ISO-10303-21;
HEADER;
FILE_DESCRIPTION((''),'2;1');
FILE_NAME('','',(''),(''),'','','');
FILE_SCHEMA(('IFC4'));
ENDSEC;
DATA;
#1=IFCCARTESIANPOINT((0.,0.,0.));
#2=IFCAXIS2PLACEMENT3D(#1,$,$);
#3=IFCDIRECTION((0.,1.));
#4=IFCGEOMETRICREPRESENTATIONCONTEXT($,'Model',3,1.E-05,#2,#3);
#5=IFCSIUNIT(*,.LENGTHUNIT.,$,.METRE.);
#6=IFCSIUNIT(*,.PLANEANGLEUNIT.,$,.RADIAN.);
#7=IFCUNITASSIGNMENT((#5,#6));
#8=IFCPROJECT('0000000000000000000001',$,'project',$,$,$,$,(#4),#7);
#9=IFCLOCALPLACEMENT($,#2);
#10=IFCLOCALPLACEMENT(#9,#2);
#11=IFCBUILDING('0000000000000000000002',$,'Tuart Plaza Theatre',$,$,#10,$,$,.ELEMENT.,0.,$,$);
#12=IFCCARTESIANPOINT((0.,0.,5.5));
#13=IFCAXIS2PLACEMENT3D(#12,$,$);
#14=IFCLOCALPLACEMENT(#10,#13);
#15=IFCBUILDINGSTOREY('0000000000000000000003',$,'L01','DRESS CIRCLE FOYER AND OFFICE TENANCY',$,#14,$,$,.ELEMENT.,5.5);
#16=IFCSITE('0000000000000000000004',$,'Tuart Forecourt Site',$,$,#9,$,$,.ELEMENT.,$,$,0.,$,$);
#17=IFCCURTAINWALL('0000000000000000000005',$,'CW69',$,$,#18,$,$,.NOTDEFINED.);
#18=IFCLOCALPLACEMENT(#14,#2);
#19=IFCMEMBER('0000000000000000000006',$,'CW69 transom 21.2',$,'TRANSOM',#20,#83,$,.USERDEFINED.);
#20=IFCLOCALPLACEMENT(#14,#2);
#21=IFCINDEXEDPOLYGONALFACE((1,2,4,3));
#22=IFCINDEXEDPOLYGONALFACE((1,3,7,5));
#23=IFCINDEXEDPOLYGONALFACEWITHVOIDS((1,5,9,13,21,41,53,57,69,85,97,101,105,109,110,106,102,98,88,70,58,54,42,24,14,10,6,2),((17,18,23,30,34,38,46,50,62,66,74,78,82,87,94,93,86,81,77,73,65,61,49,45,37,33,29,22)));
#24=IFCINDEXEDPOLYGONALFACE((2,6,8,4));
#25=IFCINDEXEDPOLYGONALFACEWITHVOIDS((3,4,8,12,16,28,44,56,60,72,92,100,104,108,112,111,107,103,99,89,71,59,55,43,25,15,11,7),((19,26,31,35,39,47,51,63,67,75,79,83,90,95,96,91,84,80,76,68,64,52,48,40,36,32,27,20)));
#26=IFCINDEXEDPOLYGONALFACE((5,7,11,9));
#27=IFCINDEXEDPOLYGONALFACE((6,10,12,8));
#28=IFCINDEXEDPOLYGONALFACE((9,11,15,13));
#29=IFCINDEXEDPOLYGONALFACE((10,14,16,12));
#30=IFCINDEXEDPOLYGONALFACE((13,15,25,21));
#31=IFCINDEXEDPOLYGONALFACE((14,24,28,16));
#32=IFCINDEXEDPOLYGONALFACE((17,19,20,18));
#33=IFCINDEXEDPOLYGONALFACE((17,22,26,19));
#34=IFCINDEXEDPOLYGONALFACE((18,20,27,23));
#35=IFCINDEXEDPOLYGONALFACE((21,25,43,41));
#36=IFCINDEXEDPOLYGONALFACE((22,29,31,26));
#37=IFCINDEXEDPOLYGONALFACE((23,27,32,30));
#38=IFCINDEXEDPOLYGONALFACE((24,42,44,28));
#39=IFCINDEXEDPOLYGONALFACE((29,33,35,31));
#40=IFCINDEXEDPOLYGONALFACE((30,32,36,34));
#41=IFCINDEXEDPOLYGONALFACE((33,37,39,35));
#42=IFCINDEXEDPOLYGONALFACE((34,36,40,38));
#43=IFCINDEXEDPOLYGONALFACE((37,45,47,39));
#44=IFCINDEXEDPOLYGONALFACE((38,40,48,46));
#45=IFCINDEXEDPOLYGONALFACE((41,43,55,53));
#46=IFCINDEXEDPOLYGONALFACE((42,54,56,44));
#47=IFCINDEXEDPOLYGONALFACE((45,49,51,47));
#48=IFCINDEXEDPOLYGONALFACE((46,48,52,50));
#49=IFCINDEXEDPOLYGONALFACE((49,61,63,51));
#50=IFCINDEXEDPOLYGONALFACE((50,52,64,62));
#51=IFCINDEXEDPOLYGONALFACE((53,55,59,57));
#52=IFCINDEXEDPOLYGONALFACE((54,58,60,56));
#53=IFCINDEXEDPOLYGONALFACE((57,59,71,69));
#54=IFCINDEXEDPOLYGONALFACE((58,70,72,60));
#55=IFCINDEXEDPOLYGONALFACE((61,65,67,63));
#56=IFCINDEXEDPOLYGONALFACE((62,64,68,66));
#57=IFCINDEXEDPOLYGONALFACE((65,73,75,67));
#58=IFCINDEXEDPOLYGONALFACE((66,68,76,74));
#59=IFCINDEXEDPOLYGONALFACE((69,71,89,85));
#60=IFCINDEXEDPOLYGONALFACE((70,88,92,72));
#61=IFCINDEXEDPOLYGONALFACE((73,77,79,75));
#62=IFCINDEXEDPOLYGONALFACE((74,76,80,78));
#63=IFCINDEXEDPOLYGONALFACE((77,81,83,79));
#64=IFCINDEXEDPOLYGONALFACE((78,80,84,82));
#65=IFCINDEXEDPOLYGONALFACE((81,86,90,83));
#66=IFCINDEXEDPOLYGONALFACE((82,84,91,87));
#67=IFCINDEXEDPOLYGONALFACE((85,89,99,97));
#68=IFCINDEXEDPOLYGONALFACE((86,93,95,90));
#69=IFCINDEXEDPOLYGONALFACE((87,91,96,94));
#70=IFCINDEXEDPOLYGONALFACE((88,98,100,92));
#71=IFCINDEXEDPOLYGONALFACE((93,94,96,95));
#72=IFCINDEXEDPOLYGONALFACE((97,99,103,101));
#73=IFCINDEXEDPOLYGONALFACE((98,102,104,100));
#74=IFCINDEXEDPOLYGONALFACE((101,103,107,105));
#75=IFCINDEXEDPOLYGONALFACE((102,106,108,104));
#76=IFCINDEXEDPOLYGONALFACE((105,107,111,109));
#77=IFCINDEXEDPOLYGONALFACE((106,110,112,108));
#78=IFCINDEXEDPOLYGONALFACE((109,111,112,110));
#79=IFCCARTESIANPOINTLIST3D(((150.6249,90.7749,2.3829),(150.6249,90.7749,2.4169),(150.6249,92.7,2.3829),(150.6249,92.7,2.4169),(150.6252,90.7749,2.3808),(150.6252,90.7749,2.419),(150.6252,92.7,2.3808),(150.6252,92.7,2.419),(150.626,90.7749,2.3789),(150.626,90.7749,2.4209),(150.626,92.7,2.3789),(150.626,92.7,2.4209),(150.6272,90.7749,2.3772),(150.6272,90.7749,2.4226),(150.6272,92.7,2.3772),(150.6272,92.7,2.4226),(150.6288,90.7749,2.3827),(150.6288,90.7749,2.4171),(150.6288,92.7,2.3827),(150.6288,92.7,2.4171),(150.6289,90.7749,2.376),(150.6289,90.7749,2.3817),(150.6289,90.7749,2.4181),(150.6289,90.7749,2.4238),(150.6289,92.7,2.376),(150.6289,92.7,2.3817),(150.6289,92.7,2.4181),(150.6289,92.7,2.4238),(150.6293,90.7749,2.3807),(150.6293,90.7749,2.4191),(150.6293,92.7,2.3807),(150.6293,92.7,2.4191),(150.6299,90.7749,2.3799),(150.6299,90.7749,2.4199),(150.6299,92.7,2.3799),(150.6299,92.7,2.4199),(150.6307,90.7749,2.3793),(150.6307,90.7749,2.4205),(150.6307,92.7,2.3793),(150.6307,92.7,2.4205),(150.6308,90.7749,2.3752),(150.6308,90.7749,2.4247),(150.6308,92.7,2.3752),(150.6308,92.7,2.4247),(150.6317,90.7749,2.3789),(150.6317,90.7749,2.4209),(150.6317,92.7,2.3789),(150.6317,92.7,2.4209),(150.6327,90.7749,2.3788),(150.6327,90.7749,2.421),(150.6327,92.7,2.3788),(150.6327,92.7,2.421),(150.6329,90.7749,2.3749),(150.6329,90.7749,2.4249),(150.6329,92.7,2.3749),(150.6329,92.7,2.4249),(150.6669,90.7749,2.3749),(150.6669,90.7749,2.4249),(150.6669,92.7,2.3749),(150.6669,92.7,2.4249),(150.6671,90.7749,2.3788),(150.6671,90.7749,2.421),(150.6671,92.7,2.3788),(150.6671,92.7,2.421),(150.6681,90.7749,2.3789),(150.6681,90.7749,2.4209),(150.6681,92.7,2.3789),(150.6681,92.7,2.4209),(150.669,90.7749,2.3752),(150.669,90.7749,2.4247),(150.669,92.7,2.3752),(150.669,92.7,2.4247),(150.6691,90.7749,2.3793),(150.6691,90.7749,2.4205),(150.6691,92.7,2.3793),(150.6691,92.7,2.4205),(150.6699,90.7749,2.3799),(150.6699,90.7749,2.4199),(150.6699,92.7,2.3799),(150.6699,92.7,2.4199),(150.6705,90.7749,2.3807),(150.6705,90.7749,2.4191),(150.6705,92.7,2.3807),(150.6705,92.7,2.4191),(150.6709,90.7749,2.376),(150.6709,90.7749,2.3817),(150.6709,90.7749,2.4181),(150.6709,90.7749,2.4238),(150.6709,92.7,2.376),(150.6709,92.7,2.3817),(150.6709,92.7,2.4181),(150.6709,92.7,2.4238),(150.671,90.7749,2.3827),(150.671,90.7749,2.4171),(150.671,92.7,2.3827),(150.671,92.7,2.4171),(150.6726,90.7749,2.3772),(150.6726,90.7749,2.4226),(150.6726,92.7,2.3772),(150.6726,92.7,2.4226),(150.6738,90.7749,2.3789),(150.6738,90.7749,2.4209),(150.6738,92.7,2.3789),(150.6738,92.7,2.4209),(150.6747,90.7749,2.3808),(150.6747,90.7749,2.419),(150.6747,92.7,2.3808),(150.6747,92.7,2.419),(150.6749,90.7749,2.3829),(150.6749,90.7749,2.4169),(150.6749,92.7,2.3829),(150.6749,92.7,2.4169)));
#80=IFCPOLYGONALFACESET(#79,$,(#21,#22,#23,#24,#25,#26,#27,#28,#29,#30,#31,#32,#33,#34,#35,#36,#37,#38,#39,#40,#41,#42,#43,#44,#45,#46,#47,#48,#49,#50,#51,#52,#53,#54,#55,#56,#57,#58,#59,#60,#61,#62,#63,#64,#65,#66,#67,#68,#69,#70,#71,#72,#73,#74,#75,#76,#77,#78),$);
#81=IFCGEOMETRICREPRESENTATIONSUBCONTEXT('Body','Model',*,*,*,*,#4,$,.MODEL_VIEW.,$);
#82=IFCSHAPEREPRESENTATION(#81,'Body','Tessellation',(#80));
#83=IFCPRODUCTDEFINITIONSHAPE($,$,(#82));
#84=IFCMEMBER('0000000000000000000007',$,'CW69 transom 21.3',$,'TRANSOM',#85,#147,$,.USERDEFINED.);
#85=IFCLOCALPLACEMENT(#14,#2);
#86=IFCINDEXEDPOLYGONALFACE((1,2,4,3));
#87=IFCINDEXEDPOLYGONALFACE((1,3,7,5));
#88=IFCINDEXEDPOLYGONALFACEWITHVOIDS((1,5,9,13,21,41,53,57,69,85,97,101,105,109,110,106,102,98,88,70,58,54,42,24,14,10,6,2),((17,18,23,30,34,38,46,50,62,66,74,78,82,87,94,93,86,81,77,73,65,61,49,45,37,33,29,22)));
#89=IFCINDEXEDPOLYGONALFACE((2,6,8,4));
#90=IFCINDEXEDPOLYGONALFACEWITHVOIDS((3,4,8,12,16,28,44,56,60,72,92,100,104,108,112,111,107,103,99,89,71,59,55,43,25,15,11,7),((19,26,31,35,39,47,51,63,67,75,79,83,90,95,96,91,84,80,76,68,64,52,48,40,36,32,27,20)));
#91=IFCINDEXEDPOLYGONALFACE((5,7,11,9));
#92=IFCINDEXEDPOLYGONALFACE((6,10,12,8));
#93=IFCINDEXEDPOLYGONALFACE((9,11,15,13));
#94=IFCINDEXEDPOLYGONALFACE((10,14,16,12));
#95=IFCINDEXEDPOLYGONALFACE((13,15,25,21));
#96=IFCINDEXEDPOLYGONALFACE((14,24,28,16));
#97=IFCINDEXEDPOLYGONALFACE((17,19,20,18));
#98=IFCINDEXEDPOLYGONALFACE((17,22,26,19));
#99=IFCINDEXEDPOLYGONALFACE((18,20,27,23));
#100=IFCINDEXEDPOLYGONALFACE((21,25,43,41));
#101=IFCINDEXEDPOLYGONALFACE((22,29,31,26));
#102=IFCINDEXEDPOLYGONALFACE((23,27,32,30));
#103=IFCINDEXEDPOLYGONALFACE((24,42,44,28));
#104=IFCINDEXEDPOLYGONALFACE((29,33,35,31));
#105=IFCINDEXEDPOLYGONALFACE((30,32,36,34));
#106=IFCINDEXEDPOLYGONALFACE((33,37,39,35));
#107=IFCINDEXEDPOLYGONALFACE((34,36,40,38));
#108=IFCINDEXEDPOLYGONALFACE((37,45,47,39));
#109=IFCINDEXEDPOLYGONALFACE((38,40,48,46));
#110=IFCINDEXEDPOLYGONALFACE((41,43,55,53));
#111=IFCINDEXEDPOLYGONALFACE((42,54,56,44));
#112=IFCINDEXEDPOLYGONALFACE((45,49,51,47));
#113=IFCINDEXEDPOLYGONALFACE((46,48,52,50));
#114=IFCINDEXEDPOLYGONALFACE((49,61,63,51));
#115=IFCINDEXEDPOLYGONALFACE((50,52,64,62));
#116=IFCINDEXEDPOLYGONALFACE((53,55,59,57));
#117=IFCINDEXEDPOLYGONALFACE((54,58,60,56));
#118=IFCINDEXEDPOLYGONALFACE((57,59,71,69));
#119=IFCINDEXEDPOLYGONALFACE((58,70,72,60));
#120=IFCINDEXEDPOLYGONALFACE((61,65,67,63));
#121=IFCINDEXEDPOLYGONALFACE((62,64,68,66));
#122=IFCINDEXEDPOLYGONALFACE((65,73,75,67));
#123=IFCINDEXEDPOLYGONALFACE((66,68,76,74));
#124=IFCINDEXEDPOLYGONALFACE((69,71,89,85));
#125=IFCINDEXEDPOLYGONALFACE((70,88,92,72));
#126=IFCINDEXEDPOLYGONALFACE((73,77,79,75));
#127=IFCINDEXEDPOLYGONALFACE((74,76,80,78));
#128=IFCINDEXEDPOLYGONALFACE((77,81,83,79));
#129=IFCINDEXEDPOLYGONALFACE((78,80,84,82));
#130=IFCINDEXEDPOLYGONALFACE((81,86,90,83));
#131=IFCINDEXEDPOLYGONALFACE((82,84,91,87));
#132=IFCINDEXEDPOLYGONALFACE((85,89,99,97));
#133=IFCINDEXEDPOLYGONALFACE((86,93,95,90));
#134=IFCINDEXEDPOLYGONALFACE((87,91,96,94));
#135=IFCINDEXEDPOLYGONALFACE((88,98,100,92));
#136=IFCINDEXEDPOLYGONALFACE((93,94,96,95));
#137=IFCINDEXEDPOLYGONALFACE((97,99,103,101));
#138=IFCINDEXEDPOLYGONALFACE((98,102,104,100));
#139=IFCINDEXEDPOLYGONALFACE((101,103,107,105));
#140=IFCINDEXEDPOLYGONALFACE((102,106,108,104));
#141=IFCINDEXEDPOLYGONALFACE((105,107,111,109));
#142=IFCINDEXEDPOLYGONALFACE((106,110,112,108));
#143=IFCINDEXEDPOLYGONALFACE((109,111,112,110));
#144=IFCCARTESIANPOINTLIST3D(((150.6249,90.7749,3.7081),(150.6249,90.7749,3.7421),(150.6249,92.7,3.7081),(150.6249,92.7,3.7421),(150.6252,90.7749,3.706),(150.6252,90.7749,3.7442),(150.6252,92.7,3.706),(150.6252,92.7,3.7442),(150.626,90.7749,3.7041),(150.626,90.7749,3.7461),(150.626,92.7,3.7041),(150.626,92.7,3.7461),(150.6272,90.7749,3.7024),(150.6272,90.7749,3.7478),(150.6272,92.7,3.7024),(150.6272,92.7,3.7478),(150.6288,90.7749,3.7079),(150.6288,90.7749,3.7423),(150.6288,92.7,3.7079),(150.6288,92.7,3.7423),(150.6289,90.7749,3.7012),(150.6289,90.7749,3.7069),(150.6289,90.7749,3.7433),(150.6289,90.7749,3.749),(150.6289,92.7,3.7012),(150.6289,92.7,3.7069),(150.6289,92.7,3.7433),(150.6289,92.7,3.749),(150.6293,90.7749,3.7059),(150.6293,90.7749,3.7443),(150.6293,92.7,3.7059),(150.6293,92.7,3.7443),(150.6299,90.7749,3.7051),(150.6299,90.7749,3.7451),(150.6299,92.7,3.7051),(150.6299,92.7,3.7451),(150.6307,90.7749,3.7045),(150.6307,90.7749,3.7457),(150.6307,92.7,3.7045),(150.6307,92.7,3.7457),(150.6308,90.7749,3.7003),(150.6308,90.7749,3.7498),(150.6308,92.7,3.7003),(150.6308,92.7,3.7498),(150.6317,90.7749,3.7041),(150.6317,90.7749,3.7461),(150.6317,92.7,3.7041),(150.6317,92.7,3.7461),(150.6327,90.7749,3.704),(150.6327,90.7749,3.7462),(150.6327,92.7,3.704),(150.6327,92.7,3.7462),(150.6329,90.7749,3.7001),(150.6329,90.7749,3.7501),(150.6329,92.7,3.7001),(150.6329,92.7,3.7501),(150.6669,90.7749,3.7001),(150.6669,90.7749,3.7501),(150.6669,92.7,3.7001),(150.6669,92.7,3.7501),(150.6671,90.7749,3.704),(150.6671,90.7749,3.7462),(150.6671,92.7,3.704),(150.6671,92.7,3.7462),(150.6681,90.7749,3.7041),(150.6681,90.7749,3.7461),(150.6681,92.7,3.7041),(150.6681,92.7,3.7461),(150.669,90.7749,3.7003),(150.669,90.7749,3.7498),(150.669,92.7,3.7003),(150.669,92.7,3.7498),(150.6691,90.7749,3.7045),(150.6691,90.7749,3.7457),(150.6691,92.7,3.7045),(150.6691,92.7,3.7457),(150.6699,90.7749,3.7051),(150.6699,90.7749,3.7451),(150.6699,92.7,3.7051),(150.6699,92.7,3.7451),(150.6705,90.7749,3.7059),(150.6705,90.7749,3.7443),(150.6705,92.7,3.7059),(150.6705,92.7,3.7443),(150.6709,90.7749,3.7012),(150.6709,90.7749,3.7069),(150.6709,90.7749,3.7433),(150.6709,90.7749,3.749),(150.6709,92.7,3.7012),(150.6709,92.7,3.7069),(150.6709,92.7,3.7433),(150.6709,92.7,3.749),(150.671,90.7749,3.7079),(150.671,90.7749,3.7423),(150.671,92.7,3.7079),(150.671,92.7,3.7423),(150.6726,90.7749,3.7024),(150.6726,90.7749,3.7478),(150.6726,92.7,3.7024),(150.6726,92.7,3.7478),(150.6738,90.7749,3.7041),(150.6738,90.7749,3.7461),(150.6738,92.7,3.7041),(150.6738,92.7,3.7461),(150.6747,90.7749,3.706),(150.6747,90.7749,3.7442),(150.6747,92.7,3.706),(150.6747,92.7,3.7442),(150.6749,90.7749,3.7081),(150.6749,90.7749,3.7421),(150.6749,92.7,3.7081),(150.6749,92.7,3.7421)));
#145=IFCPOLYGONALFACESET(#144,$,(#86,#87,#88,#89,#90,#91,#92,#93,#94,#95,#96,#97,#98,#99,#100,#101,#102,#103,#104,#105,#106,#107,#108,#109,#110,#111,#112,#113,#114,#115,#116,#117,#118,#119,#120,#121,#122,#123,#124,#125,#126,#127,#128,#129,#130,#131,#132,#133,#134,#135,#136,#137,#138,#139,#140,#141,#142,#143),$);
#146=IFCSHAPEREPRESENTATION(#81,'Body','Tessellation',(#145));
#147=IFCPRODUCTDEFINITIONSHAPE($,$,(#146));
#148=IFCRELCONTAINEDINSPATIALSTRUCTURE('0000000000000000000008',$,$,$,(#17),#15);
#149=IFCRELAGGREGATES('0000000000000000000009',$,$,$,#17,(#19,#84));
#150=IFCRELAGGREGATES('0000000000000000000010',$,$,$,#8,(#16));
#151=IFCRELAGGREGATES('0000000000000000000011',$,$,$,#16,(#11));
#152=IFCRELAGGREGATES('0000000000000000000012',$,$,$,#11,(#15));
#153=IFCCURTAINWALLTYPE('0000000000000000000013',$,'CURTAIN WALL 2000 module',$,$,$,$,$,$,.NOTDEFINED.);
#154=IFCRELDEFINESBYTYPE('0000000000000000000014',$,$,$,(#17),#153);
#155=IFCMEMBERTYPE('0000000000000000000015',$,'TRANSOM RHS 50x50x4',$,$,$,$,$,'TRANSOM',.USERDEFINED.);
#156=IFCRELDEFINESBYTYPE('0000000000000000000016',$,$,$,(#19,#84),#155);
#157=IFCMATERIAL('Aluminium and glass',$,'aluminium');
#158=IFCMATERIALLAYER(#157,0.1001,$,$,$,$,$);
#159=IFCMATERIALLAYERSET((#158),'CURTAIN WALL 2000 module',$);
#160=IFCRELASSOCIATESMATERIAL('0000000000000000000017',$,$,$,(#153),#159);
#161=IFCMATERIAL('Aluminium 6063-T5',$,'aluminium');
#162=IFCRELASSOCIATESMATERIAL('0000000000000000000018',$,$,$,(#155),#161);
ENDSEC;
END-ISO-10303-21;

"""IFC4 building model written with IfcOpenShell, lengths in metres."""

from ifc_helpers import new_model, si_unit, direction, frame, origin, origin_2d, place, context, subcontext, project, spatial, hollow_rectangle, extrude, material, layer, layer_set, material_profile, profile_set, type_object, element, aggregate, save


model = new_model("IFC4")

# Units and contexts
model_context = context("Model", 3, precision=1e-05, world=origin(), true_north=direction((0.0, 1.0)))
body_context = subcontext(model_context, "Body", "Model", "MODEL_VIEW")
ifc_project = project(units=[si_unit("LENGTHUNIT", "METRE"), si_unit("PLANEANGLEUNIT", "RADIAN")], contexts=[model_context])

# Site, building, storey
site_placement = place(None, origin())
site = spatial("IfcSite", under=ifc_project, at=site_placement, Name="Tuart Forecourt Site", CompositionType="ELEMENT", RefElevation=0.0)
building_placement = place(site_placement, origin())
building = spatial("IfcBuilding", under=site, at=building_placement, Name="Tuart Plaza Theatre", CompositionType="ELEMENT", ElevationOfRefHeight=0.0)
storey_placement = place(building_placement, frame((0.0, 0.0, 5.5)))
storey = spatial("IfcBuildingStorey", under=building, at=storey_placement, Name="L01", Description="DRESS CIRCLE FOYER AND OFFICE TENANCY", CompositionType="ELEMENT", Elevation=5.5)

# Curtain wall
ifc_material_1 = material(Name="Aluminium and glass", Category="aluminium")
ifc_layer_1 = layer(ifc_material_1, 0.1001)
ifc_layer_set_1 = layer_set([ifc_layer_1], Name="CURTAIN WALL 2000 module")
curtain_wall_type = type_object("IfcCurtainWallType", Name="CURTAIN WALL 2000 module", PredefinedType="NOTDEFINED", material=ifc_layer_set_1)
curtain_wall_1_placement = place(storey_placement, origin())
curtain_wall_1 = element("IfcCurtainWall", 1, at=curtain_wall_1_placement, inside=storey, type_object=curtain_wall_type, Name="CW69", PredefinedType="NOTDEFINED")

# Members
ifc_material_2 = material(Name="Aluminium 6063-T5", Category="aluminium")
ifc_material_profile_1 = material_profile(ifc_material_2, hollow_rectangle(XDim=0.05, YDim=0.05, WallThickness=0.0039, InnerFilletRadius=0.0039, OuterFilletRadius=0.0081, at=origin_2d()), Name="RHS 50x50x4")
ifc_profile_set_1 = profile_set([ifc_material_profile_1], Name="Aluminium 6063-T5")
member_type_1 = type_object("IfcMemberType", Name="TRANSOM RHS 50x50x4", ElementType="TRANSOM", PredefinedType="USERDEFINED", material=ifc_profile_set_1)
member_1_placement = place(storey_placement, frame((150.6499, 90.7749, 2.3999), z_axis=(0.0, 1.0, 0.0), x_axis=(-1.0, 0.0, 0.0)))
member_1 = element("IfcMember", 2, at=member_1_placement, type_object=member_type_1, Name="CW69 transom 21.2", ObjectType="TRANSOM", PredefinedType="USERDEFINED", context=body_context, shape_type="SweptSolid", body=[
    extrude(hollow_rectangle(XDim=0.05, YDim=0.05, WallThickness=0.0039, InnerFilletRadius=0.0039, OuterFilletRadius=0.0081, at=origin_2d()), origin(), (0.0, 0.0, 1.0), 1.925),
])
member_2_placement = place(storey_placement, frame((150.6499, 90.7749, 3.7251), z_axis=(0.0, 1.0, 0.0), x_axis=(-1.0, 0.0, 0.0)))
member_2 = element("IfcMember", 3, at=member_2_placement, type_object=member_type_1, Name="CW69 transom 21.3", ObjectType="TRANSOM", PredefinedType="USERDEFINED", context=body_context, shape_type="SweptSolid", body=[
    extrude(hollow_rectangle(XDim=0.05, YDim=0.05, WallThickness=0.0039, InnerFilletRadius=0.0039, OuterFilletRadius=0.0081, at=origin_2d()), origin(), (0.0, 0.0, 1.0), 1.925),
])

aggregate(curtain_wall_1, [member_1, member_2])

save(model, "model.ifc")
